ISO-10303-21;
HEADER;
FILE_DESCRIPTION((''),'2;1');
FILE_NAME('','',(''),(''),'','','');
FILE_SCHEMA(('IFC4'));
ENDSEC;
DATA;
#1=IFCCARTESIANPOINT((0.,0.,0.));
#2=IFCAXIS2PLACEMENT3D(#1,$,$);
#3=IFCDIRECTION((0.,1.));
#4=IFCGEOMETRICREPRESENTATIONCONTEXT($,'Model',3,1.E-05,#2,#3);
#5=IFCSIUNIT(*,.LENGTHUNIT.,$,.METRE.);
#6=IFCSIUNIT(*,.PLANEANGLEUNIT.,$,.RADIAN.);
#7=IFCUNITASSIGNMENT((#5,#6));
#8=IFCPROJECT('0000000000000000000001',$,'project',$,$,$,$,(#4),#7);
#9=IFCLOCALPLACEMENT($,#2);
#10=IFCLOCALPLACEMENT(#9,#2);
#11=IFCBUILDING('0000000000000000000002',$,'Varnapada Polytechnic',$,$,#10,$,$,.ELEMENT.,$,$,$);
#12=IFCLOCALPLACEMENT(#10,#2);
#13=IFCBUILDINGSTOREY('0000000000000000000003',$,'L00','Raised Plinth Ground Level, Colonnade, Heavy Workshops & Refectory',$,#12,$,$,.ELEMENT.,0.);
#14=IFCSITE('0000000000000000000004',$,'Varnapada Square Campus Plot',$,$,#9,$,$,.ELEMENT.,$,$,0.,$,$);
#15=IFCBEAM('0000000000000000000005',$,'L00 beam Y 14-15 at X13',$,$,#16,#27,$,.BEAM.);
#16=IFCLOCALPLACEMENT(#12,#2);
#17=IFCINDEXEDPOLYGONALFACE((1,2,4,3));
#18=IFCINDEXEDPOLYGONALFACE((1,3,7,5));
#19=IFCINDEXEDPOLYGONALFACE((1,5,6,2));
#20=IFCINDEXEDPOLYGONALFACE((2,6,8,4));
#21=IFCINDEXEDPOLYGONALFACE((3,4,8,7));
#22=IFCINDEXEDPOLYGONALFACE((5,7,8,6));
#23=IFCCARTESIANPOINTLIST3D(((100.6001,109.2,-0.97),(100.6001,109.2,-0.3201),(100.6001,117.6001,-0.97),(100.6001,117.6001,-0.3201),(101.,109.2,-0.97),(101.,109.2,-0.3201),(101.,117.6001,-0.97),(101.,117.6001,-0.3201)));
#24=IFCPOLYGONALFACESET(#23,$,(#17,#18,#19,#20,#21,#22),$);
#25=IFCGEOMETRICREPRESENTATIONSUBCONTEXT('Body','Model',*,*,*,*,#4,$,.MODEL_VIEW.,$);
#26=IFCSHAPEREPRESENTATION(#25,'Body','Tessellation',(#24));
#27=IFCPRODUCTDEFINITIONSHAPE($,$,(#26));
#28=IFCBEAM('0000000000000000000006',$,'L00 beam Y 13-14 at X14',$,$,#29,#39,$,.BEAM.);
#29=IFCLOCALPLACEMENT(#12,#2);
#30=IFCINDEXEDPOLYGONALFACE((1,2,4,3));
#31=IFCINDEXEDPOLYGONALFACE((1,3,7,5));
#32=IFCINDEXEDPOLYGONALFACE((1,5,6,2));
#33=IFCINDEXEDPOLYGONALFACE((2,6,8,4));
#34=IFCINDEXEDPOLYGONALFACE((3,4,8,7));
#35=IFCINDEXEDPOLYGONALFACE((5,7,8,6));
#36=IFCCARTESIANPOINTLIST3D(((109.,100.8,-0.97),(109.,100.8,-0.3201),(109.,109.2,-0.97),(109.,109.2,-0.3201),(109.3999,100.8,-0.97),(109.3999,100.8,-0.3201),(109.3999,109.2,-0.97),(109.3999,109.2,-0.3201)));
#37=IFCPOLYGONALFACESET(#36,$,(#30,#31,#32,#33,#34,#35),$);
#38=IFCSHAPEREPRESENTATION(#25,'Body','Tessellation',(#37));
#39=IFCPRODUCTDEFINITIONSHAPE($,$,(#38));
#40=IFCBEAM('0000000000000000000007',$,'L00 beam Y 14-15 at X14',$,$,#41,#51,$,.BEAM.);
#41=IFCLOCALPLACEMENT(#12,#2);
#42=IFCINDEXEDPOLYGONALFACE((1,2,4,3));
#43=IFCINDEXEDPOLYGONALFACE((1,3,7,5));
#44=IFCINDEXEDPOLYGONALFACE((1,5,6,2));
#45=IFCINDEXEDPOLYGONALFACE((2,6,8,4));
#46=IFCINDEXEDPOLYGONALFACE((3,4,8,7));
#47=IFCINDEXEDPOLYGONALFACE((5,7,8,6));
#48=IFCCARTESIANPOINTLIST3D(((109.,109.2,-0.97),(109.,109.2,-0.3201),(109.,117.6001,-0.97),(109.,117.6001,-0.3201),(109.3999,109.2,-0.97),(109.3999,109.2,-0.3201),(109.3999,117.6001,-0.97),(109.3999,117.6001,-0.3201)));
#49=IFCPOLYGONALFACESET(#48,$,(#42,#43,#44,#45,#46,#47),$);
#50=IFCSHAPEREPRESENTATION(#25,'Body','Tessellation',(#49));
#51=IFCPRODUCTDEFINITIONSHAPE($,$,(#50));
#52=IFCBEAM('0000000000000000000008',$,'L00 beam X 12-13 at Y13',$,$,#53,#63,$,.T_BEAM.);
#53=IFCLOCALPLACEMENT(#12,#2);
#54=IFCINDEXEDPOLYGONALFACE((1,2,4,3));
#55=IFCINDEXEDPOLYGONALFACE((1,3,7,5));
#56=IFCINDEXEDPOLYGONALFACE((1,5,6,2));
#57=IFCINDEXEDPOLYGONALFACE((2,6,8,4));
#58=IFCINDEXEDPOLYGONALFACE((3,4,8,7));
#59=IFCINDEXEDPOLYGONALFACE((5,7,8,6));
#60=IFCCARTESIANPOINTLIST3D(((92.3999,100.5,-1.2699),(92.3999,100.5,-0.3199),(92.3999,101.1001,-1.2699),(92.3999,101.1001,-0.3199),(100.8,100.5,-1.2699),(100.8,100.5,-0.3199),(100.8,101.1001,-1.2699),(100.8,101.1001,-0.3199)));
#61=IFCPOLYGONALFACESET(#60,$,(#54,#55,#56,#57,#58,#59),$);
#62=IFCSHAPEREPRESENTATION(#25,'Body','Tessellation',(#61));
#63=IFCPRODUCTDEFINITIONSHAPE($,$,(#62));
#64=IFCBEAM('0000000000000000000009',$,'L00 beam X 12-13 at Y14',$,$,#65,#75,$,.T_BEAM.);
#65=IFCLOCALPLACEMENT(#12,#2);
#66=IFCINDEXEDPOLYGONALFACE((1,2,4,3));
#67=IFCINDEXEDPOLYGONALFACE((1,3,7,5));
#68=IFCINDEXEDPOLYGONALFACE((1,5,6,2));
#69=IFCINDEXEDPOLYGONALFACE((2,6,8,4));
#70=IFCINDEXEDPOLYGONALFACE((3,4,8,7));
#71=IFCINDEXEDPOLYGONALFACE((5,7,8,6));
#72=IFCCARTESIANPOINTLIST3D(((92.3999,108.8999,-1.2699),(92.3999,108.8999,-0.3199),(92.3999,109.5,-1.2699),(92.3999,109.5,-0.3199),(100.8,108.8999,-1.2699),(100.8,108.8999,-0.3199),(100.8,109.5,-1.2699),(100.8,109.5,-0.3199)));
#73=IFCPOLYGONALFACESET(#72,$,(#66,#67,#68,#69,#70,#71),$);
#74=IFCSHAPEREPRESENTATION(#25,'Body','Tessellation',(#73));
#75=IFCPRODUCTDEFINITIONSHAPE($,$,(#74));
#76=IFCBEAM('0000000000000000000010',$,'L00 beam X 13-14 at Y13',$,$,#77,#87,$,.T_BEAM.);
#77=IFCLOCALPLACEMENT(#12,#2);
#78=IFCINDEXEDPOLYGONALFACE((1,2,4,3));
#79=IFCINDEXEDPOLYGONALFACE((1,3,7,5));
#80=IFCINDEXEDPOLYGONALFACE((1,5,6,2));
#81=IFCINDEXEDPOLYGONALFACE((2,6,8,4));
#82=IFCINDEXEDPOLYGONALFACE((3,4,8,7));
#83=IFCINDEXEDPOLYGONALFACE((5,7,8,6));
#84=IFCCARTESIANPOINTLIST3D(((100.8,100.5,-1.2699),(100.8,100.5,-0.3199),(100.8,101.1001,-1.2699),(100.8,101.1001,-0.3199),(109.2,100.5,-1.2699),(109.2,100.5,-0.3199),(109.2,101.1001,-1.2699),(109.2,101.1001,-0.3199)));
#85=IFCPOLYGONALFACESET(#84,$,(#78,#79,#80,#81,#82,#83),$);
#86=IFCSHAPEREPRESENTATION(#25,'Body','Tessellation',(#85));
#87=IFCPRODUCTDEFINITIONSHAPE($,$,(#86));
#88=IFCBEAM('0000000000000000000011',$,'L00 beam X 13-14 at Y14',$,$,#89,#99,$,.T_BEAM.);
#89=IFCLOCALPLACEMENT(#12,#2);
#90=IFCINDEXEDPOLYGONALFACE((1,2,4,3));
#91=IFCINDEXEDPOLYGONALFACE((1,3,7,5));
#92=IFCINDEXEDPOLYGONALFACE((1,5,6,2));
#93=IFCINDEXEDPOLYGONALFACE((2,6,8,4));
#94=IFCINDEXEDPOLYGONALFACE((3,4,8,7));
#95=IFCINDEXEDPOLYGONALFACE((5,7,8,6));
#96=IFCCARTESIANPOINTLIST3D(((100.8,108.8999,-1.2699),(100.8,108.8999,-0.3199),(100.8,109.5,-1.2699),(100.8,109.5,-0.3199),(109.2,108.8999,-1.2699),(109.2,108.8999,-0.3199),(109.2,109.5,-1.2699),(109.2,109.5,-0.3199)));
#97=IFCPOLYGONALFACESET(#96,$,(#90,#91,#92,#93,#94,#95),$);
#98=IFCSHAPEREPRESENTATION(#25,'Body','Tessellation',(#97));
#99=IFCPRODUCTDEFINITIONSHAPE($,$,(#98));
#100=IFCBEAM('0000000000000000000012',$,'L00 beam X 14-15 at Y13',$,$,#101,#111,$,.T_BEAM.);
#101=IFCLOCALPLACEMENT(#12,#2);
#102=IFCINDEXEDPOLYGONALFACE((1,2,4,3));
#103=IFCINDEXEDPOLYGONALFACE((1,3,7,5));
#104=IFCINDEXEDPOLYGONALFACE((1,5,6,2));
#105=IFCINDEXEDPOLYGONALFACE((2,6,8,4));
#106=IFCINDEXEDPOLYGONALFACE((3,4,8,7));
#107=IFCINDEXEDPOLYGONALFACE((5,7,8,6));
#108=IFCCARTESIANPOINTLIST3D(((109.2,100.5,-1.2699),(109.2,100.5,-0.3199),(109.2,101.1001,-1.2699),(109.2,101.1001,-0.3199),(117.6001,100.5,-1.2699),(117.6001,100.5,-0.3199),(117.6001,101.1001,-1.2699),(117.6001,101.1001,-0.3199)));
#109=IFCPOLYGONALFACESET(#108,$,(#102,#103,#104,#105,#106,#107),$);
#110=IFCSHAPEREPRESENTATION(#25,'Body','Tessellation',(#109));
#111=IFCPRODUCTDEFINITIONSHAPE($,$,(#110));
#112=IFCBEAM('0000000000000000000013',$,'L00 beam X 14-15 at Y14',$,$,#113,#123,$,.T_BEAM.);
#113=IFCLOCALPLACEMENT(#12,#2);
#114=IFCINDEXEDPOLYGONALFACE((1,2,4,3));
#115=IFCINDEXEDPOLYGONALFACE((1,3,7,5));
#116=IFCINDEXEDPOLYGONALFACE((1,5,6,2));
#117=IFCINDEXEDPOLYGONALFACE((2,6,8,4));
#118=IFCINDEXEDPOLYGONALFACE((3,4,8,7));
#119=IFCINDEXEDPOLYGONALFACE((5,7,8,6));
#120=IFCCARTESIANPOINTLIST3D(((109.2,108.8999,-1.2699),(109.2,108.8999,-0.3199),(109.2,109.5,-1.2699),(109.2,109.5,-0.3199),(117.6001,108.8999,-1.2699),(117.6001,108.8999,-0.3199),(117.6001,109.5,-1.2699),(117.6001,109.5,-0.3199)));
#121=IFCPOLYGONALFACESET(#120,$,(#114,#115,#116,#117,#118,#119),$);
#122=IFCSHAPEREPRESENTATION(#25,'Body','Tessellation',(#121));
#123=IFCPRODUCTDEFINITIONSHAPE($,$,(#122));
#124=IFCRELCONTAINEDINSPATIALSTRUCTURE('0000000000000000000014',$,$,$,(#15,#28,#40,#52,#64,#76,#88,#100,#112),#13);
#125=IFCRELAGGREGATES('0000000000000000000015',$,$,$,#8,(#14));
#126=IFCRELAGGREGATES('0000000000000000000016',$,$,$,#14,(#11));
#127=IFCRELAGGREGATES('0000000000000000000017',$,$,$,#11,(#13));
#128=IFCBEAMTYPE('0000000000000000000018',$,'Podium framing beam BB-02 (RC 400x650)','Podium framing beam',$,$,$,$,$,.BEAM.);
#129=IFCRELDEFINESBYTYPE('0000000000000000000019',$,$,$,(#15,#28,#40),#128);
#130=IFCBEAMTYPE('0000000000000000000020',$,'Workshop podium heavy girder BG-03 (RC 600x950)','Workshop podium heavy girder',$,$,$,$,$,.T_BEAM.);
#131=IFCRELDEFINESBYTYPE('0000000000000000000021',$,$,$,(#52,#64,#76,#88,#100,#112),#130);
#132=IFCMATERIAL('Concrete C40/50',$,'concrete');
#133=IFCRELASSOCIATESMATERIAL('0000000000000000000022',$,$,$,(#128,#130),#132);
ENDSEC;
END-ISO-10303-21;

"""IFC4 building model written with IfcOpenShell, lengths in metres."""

from ifc_helpers import new_model, si_unit, direction, frame, origin, origin_2d, place, context, subcontext, project, spatial, rectangle, extrude, material, material_profile, profile_set, type_object, element, save


model = new_model("IFC4")

# Units and contexts
model_context = context("Model", 3, precision=1e-05, world=origin(), true_north=direction((0.0, 1.0)))
body_context = subcontext(model_context, "Body", "Model", "MODEL_VIEW")
ifc_project = project(units=[si_unit("LENGTHUNIT", "METRE"), si_unit("PLANEANGLEUNIT", "RADIAN")], contexts=[model_context])

# Site, building, storey
site_placement = place(None, origin())
site = spatial("IfcSite", under=ifc_project, at=site_placement, Name="Varnapada Square Campus Plot", CompositionType="ELEMENT", RefElevation=0.0)
building_placement = place(site_placement, origin())
building = spatial("IfcBuilding", under=site, at=building_placement, Name="Varnapada Polytechnic", CompositionType="ELEMENT")
storey_placement = place(building_placement, origin())
storey = spatial("IfcBuildingStorey", under=building, at=storey_placement, Name="L00", Description="Raised Plinth Ground Level, Colonnade, Heavy Workshops & Refectory", CompositionType="ELEMENT", Elevation=0.0)

# Beams
ifc_material = material(Name="Concrete C40/50", Category="concrete")
ifc_material_profile_1 = material_profile(ifc_material, rectangle(XDim=0.3999, YDim=0.6499, at=origin_2d()), Name="RC 400x650")
ifc_profile_set_1 = profile_set([ifc_material_profile_1], Name="Concrete C40/50")
beam_type_1 = type_object("IfcBeamType", Name="Podium framing beam BB-02 (RC 400x650)", Description="Podium framing beam", PredefinedType="BEAM", material=ifc_profile_set_1)
beam_1_placement = place(storey_placement, frame((100.8, 109.2, -0.645), z_axis=(0.0, 1.0, 0.0), x_axis=(-1.0, 0.0, 0.0)))
element("IfcBeam", 1, at=beam_1_placement, inside=storey, type_object=beam_type_1, Name="L00 beam Y 14-15 at X13", PredefinedType="BEAM", context=body_context, shape_type="SweptSolid", body=[
    extrude(rectangle(XDim=0.3999, YDim=0.6499, at=origin_2d()), origin(), (0.0, 0.0, 1.0), 8.4001),
])
beam_2_placement = place(storey_placement, frame((109.2, 100.8, -0.645), z_axis=(0.0, 1.0, 0.0), x_axis=(-1.0, 0.0, 0.0)))
element("IfcBeam", 2, at=beam_2_placement, inside=storey, type_object=beam_type_1, Name="L00 beam Y 13-14 at X14", PredefinedType="BEAM", context=body_context, shape_type="SweptSolid", body=[
    extrude(rectangle(XDim=0.3999, YDim=0.6499, at=origin_2d()), origin(), (0.0, 0.0, 1.0), 8.3999),
])
beam_3_placement = place(storey_placement, frame((109.2, 109.2, -0.645), z_axis=(0.0, 1.0, 0.0), x_axis=(-1.0, 0.0, 0.0)))
element("IfcBeam", 3, at=beam_3_placement, inside=storey, type_object=beam_type_1, Name="L00 beam Y 14-15 at X14", PredefinedType="BEAM", context=body_context, shape_type="SweptSolid", body=[
    extrude(rectangle(XDim=0.3999, YDim=0.6499, at=origin_2d()), origin(), (0.0, 0.0, 1.0), 8.4001),
])
ifc_material_profile_2 = material_profile(ifc_material, rectangle(XDim=0.6001, YDim=0.95, at=origin_2d()), Name="RC 600x950")
ifc_profile_set_2 = profile_set([ifc_material_profile_2], Name="Concrete C40/50")
beam_type_2 = type_object("IfcBeamType", Name="Workshop podium heavy girder BG-03 (RC 600x950)", Description="Workshop podium heavy girder", PredefinedType="T_BEAM", material=ifc_profile_set_2)
for number, where, z_axis, x_axis, name in (
    (4, (92.3999, 100.8, -0.7949), (1.0, 0.0, 0.0), (0.0, 1.0, 0.0), "L00 beam X 12-13 at Y13"),
    (5, (92.3999, 109.2, -0.7949), (1.0, 0.0, 0.0), (0.0, 1.0, 0.0), "L00 beam X 12-13 at Y14"),
):
    element("IfcBeam", number, at=place(storey_placement, frame(where, z_axis=z_axis, x_axis=x_axis)), inside=storey, type_object=beam_type_2, Name=name, PredefinedType="T_BEAM", context=body_context, shape_type="SweptSolid", body=[
        extrude(rectangle(XDim=0.6001, YDim=0.95, at=origin_2d()), origin(), (0.0, 0.0, 1.0), 8.4001),
    ])
for number, where, z_axis, x_axis, name in (
    (6, (100.8, 100.8, -0.7949), (1.0, 0.0, 0.0), (0.0, 1.0, 0.0), "L00 beam X 13-14 at Y13"),
    (7, (100.8, 109.2, -0.7949), (1.0, 0.0, 0.0), (0.0, 1.0, 0.0), "L00 beam X 13-14 at Y14"),
):
    element("IfcBeam", number, at=place(storey_placement, frame(where, z_axis=z_axis, x_axis=x_axis)), inside=storey, type_object=beam_type_2, Name=name, PredefinedType="T_BEAM", context=body_context, shape_type="SweptSolid", body=[
        extrude(rectangle(XDim=0.6001, YDim=0.95, at=origin_2d()), origin(), (0.0, 0.0, 1.0), 8.3999),
    ])
for number, where, z_axis, x_axis, name in (
    (8, (109.2, 100.8, -0.7949), (1.0, 0.0, 0.0), (0.0, 1.0, 0.0), "L00 beam X 14-15 at Y13"),
    (9, (109.2, 109.2, -0.7949), (1.0, 0.0, 0.0), (0.0, 1.0, 0.0), "L00 beam X 14-15 at Y14"),
):
    element("IfcBeam", number, at=place(storey_placement, frame(where, z_axis=z_axis, x_axis=x_axis)), inside=storey, type_object=beam_type_2, Name=name, PredefinedType="T_BEAM", context=body_context, shape_type="SweptSolid", body=[
        extrude(rectangle(XDim=0.6001, YDim=0.95, at=origin_2d()), origin(), (0.0, 0.0, 1.0), 8.4001),
    ])

save(model, "model.ifc")
